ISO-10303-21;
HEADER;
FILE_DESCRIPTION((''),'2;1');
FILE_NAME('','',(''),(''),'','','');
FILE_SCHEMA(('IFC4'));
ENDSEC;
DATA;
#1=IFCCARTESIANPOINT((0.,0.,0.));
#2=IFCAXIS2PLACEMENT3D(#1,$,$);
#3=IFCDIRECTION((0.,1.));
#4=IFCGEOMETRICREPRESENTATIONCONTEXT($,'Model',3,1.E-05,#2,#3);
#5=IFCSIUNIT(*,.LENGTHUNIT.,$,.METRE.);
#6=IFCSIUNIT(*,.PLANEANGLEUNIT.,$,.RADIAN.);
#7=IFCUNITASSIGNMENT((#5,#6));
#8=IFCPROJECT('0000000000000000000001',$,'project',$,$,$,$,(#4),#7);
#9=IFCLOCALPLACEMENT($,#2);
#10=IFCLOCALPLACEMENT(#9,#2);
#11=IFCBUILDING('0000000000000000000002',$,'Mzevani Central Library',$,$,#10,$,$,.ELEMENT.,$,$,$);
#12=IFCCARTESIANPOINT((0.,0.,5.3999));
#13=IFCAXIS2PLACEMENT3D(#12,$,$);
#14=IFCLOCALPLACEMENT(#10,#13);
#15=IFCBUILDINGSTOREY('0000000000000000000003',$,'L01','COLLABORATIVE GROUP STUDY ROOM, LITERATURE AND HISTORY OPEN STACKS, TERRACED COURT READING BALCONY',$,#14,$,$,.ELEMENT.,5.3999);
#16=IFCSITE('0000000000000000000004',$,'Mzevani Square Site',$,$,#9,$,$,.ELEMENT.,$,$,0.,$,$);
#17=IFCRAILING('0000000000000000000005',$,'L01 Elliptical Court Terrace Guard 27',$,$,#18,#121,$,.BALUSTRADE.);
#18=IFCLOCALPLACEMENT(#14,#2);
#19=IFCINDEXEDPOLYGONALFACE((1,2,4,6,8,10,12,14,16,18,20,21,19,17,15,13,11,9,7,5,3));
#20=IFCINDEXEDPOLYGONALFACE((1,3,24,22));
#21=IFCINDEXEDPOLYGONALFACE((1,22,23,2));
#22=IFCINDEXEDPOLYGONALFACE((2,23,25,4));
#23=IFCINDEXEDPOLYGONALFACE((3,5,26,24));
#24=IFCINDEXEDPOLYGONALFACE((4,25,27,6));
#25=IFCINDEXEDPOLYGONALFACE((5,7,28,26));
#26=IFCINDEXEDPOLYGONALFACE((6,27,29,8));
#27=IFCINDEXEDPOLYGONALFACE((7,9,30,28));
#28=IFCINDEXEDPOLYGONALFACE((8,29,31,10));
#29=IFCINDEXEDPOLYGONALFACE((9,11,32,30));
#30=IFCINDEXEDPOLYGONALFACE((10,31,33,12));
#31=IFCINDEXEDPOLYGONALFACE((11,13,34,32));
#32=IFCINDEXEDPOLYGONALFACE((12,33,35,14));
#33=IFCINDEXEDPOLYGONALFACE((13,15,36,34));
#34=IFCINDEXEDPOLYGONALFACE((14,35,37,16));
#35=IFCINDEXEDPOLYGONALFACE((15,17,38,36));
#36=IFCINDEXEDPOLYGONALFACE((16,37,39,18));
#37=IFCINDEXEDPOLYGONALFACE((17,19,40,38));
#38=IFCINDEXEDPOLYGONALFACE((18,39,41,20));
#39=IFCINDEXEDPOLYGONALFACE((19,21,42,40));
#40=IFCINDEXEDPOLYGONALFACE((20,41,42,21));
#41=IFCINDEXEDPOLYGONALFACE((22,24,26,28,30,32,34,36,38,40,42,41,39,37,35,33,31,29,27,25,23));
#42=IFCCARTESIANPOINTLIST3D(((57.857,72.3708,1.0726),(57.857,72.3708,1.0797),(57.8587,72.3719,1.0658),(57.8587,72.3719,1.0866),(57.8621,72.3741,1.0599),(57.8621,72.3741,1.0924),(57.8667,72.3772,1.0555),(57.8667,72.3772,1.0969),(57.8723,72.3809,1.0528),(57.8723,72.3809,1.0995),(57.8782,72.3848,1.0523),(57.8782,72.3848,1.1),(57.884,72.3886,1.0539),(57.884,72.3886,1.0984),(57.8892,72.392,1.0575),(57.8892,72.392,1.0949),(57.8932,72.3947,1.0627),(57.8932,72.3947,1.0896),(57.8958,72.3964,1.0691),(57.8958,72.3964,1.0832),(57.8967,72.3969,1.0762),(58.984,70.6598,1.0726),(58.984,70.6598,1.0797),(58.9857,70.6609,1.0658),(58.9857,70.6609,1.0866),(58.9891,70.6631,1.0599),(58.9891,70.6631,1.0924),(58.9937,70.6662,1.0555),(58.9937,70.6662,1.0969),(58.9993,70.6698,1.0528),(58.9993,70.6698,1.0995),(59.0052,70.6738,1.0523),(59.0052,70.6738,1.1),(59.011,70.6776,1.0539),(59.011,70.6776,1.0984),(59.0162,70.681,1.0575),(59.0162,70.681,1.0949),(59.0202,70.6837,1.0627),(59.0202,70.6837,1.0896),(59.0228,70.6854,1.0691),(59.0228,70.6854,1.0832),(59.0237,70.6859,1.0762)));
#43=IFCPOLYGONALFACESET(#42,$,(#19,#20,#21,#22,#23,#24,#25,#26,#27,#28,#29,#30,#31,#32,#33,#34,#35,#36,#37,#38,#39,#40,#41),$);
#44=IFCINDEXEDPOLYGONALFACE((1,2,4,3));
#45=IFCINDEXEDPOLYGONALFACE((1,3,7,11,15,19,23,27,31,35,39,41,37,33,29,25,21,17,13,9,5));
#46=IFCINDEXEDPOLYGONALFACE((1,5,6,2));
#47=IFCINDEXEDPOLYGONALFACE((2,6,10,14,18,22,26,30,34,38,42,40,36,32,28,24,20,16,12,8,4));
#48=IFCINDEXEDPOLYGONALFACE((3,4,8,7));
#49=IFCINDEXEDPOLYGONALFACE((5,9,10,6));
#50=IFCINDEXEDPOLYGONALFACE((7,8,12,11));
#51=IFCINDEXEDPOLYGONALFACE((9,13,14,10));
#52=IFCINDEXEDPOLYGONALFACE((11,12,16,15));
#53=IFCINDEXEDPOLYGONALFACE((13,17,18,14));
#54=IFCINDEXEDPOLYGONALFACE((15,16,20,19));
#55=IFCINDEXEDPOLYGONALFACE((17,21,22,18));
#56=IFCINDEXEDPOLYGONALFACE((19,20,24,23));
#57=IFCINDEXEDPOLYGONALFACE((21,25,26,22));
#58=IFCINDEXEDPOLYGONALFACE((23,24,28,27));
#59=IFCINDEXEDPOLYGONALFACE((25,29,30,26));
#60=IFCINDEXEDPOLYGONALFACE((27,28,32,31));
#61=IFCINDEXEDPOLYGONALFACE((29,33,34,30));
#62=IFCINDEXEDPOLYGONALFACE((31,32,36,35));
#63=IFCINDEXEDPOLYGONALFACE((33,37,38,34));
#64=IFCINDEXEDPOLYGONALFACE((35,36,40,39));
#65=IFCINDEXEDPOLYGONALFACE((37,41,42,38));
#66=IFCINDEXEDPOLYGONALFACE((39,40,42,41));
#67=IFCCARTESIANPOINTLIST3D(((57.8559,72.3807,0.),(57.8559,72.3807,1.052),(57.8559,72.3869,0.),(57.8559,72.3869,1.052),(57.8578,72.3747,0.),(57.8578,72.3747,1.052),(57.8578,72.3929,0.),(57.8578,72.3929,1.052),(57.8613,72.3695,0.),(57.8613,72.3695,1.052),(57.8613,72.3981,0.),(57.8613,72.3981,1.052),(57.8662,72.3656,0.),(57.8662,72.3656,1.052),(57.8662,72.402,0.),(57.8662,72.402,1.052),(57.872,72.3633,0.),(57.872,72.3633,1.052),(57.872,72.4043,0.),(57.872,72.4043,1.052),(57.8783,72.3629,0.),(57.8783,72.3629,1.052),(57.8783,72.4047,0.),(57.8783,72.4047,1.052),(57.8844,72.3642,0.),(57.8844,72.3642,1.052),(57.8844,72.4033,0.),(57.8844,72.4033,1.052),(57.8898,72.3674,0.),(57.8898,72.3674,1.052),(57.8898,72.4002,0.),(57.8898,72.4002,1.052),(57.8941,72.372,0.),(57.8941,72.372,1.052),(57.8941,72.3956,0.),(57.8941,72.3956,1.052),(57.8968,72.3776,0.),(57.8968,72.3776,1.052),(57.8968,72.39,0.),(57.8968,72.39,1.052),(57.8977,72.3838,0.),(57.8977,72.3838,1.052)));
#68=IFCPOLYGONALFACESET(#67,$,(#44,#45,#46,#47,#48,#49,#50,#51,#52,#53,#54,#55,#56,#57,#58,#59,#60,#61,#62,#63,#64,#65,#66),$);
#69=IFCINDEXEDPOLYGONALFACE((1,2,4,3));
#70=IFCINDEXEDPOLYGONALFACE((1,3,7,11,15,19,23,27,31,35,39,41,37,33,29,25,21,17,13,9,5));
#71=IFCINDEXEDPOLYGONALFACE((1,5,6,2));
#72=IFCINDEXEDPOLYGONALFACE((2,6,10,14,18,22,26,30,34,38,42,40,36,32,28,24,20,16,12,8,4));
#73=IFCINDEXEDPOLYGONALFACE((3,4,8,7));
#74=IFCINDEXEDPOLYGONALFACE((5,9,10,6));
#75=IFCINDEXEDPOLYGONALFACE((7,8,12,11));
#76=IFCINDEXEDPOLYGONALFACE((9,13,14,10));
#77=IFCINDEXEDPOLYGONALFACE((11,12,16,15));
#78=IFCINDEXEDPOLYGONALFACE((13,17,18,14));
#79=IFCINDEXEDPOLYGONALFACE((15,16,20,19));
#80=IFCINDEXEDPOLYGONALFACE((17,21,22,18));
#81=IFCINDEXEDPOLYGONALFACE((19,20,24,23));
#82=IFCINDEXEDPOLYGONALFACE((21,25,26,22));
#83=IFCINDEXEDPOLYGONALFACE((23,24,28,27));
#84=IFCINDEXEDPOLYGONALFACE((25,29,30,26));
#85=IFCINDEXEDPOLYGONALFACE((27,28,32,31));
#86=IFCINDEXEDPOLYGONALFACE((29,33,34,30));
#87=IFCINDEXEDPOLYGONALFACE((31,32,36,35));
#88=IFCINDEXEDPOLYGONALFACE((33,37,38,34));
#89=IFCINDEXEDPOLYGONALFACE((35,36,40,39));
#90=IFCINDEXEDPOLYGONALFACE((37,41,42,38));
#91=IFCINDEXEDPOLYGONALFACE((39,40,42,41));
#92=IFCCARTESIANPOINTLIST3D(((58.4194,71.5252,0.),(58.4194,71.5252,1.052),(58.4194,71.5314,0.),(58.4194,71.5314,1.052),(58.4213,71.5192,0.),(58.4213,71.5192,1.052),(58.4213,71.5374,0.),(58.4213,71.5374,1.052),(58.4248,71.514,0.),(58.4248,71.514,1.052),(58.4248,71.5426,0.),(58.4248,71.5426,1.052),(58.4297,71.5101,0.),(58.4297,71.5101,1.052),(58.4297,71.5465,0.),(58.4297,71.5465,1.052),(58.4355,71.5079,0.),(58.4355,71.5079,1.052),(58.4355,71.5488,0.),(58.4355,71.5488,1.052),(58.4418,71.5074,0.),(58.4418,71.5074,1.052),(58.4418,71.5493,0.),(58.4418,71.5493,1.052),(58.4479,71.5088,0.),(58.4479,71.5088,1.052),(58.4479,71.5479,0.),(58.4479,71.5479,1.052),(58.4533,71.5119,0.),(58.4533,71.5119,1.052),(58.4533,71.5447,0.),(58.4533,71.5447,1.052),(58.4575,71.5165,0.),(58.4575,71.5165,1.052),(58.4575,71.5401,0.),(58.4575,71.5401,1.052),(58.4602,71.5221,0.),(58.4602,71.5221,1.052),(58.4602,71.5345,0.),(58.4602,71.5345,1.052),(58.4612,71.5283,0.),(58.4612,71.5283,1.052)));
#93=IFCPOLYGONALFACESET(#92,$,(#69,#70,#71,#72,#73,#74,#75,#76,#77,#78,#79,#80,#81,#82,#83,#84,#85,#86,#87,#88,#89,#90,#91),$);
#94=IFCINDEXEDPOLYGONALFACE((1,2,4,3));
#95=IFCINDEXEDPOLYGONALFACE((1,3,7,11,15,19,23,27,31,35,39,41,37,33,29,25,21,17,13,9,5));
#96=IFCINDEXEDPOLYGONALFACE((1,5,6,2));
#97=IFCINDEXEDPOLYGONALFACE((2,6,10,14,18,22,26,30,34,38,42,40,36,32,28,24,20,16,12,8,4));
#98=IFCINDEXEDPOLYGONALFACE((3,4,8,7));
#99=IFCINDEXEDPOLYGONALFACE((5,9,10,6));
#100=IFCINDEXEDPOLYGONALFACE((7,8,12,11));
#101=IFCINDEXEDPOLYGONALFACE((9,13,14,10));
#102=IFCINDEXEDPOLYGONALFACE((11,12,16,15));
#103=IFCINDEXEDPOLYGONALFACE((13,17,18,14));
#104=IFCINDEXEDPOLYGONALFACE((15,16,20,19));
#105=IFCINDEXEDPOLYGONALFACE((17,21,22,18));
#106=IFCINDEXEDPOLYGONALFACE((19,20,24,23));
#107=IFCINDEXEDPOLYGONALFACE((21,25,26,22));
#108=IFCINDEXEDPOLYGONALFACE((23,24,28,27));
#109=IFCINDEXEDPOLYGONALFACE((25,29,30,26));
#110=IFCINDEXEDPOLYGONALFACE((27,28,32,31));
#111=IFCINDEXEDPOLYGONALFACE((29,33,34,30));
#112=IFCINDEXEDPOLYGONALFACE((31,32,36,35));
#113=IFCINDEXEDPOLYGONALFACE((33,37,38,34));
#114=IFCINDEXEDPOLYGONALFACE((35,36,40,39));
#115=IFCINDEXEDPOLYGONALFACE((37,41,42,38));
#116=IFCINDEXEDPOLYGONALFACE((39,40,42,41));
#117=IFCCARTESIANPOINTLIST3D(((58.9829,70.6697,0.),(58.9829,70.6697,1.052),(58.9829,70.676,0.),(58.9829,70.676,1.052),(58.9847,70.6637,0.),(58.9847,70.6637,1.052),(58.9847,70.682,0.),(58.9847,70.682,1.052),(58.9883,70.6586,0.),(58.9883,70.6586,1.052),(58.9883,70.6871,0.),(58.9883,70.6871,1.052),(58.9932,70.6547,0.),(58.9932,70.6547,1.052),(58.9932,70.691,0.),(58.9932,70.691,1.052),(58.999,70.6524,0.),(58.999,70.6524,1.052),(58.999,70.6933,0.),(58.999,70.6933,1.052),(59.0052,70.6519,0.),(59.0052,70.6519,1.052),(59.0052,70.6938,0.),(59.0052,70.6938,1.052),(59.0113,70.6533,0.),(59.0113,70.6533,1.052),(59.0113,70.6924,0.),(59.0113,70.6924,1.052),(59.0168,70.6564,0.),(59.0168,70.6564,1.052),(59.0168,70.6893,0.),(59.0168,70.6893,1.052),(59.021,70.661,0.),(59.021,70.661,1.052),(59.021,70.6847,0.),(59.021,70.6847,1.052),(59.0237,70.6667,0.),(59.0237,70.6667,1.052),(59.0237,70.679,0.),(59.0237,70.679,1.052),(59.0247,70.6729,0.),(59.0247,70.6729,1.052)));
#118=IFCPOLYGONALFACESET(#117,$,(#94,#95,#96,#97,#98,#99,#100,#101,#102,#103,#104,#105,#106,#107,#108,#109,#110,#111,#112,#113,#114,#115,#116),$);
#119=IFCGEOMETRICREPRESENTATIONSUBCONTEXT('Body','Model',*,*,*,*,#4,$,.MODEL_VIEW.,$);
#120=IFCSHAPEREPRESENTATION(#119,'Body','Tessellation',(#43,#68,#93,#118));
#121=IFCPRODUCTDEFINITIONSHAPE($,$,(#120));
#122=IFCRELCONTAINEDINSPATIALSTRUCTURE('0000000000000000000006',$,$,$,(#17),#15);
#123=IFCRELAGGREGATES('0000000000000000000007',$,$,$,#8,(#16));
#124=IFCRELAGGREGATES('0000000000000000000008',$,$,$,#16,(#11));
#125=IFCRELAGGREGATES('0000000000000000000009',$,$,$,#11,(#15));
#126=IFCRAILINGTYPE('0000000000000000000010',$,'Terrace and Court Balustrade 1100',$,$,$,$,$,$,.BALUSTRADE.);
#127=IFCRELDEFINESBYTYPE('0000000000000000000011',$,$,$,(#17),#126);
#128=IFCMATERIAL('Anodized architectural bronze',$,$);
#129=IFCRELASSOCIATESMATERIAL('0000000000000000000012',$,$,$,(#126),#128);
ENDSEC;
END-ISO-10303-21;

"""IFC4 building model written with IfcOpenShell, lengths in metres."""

from ifc_helpers import new_model, si_unit, direction, frame, origin, origin_2d, place, context, subcontext, project, spatial, circle, extrude, material, type_object, element, save


model = new_model("IFC4")

# Units and contexts
model_context = context("Model", 3, precision=1e-05, world=origin(), true_north=direction((0.0, 1.0)))
body_context = subcontext(model_context, "Body", "Model", "MODEL_VIEW")
ifc_project = project(units=[si_unit("LENGTHUNIT", "METRE"), si_unit("PLANEANGLEUNIT", "RADIAN")], contexts=[model_context])

# Site, building, storey
site_placement = place(None, origin())
site = spatial("IfcSite", under=ifc_project, at=site_placement, Name="Mzevani Square Site", CompositionType="ELEMENT", RefElevation=0.0)
building_placement = place(site_placement, origin())
building = spatial("IfcBuilding", under=site, at=building_placement, Name="Mzevani Central Library", CompositionType="ELEMENT")
storey_placement = place(building_placement, frame((0.0, 0.0, 5.3999)))
storey = spatial("IfcBuildingStorey", under=building, at=storey_placement, Name="L01", Description="COLLABORATIVE GROUP STUDY ROOM, LITERATURE AND HISTORY OPEN STACKS, TERRACED COURT READING BALCONY", CompositionType="ELEMENT", Elevation=5.3999)

# Railing
ifc_material_1 = material(Name="Anodized architectural bronze")
railing_type = type_object("IfcRailingType", Name="Terrace and Court Balustrade 1100", PredefinedType="BALUSTRADE", material=ifc_material_1)
railing_1_placement = place(storey_placement, frame((57.8767, 72.3838, 0.0)))
element("IfcRailing", 1, at=railing_1_placement, inside=storey, type_object=railing_type, Name="L01 Elliptical Court Terrace Guard 27", PredefinedType="BALUSTRADE", context=body_context, shape_type="SweptSolid", body=[
    extrude(circle(Radius=0.0239, at=origin_2d()), frame((0.0, 0.0, 1.0762), z_axis=(0.550072, -0.835117, 0.0), x_axis=(0.835117, 0.550072, 0.0)), (0.0, 0.0, 1.0), 2.0488),
    extrude(circle(Radius=0.021, at=origin_2d()), origin(), (0.0, 0.0, 1.0), 1.052),
    extrude(circle(Radius=0.021, at=origin_2d()), frame((0.5635, -0.8555, 0.0)), (0.0, 0.0, 1.0), 1.052),
    extrude(circle(Radius=0.021, at=origin_2d()), frame((1.127, -1.7109, 0.0)), (0.0, 0.0, 1.0), 1.052),
])

save(model, "model.ifc")
